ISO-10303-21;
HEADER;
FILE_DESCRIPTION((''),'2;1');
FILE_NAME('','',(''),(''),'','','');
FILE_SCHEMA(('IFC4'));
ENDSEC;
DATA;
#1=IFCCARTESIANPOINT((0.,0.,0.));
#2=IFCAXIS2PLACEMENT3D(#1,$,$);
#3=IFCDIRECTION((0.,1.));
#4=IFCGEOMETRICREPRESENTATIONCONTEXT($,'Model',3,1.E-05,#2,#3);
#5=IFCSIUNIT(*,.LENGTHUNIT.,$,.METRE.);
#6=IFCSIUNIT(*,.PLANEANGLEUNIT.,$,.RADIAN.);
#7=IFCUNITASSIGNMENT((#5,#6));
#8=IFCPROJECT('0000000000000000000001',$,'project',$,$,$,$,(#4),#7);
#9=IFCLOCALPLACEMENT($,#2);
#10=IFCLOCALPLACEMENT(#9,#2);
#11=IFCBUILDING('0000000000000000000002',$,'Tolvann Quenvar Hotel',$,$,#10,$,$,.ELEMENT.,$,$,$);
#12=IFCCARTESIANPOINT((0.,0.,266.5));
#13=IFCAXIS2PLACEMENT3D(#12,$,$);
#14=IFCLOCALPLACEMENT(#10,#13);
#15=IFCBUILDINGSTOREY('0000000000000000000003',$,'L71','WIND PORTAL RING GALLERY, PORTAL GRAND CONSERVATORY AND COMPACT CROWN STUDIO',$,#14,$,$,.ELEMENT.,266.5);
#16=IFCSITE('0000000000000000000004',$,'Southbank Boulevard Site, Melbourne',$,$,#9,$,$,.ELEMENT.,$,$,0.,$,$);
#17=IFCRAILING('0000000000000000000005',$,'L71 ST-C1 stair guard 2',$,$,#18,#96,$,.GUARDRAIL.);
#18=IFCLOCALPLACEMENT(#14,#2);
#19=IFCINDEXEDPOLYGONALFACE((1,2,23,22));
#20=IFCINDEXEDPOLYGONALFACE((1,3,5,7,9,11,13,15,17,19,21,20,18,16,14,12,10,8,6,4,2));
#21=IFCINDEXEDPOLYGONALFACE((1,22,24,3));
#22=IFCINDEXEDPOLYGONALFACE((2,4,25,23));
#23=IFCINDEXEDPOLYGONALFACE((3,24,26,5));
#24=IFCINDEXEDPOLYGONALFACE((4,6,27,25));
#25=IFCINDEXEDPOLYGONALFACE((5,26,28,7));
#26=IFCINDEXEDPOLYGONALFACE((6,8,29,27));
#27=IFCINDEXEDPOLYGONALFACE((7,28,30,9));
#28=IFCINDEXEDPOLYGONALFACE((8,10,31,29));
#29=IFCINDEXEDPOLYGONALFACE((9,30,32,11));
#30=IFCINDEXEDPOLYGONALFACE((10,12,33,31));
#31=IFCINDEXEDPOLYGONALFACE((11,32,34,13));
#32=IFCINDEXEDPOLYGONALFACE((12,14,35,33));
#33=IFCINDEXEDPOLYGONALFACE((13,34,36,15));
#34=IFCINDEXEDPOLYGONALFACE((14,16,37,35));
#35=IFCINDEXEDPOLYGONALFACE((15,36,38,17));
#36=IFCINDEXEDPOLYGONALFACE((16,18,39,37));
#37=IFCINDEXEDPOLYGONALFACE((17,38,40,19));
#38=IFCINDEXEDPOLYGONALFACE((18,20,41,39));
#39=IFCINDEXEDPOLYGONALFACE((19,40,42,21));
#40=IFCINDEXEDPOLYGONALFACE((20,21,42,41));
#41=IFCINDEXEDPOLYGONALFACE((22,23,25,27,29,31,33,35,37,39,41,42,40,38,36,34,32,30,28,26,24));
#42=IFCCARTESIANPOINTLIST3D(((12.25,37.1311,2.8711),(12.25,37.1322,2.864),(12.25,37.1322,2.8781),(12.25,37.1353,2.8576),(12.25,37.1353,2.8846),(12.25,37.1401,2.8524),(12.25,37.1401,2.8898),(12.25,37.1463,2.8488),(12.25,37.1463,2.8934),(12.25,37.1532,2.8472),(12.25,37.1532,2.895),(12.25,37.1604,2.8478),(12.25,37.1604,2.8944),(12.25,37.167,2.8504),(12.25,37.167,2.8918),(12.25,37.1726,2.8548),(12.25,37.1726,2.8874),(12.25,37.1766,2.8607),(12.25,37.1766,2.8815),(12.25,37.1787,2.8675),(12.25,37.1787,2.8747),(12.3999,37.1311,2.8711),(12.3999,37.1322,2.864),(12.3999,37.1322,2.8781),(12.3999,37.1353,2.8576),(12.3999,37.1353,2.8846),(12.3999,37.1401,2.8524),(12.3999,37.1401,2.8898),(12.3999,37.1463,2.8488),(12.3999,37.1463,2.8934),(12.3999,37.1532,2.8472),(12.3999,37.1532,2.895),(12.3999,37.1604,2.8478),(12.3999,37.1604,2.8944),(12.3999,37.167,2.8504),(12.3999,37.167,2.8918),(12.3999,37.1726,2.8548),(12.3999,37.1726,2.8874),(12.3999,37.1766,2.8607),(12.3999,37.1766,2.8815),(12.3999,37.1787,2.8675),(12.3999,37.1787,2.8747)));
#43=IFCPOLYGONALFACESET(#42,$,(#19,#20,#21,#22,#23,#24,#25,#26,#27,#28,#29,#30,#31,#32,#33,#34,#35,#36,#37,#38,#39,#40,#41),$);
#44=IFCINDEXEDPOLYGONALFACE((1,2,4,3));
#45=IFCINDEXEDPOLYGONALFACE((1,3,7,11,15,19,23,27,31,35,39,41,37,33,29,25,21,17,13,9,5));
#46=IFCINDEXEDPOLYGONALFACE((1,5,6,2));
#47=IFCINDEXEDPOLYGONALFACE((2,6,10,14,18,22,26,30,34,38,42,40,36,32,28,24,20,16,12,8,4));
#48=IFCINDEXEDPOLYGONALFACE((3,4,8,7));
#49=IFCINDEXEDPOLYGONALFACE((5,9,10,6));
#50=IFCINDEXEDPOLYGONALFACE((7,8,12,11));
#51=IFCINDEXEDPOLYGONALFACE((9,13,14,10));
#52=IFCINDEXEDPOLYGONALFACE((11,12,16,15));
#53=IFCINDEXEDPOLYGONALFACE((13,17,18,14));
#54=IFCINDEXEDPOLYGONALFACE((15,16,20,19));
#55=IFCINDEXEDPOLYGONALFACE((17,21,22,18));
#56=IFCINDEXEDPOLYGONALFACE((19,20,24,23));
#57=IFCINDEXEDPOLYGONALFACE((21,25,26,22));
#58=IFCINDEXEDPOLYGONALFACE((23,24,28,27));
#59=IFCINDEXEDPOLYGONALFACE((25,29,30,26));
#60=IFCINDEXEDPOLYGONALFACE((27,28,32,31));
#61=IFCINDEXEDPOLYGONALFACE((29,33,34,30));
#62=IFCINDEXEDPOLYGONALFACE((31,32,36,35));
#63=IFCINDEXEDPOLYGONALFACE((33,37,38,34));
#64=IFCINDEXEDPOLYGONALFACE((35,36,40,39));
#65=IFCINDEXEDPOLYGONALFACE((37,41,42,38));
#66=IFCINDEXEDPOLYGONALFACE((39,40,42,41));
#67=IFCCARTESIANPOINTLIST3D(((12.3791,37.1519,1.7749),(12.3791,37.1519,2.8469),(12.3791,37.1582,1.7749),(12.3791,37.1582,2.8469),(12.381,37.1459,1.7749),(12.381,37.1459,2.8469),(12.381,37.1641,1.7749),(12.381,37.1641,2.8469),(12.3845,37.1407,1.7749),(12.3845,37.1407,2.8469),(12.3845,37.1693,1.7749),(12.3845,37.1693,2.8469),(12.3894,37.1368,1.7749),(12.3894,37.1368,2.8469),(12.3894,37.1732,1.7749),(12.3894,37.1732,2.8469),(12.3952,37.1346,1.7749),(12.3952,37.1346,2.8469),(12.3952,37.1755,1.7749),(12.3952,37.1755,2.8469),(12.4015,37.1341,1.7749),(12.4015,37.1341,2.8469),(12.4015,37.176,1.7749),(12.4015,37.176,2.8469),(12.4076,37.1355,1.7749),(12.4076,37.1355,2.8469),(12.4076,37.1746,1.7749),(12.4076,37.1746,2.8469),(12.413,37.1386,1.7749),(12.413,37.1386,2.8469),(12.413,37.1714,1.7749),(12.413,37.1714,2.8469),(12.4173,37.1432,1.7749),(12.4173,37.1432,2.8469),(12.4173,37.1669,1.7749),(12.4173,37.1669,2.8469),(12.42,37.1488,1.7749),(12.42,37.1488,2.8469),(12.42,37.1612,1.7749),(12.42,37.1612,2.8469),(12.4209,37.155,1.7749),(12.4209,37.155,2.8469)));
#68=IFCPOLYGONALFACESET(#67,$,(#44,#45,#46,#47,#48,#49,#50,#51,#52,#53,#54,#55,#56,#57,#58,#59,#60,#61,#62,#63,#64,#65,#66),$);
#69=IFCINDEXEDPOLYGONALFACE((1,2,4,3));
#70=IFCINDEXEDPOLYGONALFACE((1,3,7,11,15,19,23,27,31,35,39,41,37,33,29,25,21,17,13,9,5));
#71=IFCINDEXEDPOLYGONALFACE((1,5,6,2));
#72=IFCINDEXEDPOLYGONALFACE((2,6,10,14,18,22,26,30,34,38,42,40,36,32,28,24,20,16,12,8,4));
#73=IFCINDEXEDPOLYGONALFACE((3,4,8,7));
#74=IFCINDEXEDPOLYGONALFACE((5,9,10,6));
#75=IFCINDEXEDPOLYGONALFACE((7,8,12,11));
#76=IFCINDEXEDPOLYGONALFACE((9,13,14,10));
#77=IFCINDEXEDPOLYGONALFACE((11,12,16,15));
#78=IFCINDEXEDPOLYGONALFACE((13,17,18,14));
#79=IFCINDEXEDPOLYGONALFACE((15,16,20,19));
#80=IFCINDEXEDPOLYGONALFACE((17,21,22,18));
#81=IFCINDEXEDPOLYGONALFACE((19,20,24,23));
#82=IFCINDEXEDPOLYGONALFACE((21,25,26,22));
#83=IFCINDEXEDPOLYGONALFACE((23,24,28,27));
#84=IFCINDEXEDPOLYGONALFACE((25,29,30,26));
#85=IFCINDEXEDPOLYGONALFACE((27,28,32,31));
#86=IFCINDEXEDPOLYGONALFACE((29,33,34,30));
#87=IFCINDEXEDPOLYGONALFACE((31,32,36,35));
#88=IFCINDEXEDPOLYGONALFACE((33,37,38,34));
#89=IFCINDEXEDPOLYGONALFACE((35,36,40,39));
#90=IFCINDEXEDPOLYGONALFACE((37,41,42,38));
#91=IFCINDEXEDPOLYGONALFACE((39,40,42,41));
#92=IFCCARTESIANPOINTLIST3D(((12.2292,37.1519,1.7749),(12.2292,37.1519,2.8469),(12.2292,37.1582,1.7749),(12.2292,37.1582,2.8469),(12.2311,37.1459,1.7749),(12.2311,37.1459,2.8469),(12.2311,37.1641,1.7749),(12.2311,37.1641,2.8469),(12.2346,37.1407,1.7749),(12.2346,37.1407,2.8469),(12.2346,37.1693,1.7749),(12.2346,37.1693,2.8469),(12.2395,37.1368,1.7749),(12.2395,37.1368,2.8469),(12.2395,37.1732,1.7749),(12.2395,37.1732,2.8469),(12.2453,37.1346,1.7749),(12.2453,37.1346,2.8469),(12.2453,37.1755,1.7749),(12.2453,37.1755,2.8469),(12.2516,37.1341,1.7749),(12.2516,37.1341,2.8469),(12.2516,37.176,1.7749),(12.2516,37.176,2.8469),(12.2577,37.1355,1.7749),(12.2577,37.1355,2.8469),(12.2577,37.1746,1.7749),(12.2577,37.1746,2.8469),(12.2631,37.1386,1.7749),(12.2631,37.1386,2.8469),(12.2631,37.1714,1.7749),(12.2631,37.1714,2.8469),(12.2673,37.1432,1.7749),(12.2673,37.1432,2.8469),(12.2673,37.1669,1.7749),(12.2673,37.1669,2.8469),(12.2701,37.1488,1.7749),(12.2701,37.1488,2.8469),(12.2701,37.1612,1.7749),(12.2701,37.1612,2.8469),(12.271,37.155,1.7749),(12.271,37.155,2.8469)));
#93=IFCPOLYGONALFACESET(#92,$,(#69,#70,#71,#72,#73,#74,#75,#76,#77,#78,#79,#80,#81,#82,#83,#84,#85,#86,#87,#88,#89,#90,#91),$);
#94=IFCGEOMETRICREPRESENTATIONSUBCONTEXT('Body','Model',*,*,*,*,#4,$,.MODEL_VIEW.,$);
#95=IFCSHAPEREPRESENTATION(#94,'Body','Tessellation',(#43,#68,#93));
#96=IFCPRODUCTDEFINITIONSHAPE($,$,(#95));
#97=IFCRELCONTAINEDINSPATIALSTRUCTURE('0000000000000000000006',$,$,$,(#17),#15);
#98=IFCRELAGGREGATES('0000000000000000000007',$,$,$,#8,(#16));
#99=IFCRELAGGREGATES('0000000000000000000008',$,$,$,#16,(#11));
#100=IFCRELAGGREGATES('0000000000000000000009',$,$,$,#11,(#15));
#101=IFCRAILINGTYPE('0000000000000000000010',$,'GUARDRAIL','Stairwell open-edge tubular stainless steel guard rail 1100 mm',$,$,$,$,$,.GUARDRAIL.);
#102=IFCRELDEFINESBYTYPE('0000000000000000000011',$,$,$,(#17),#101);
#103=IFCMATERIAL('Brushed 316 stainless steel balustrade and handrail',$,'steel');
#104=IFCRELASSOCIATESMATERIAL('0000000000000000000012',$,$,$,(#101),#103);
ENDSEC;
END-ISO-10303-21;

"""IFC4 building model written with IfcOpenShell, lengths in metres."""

from ifc_helpers import new_model, si_unit, direction, frame, origin, origin_2d, place, context, subcontext, project, spatial, circle, extrude, material, type_object, element, save


model = new_model("IFC4")

# Units and contexts
model_context = context("Model", 3, precision=1e-05, world=origin(), true_north=direction((0.0, 1.0)))
body_context = subcontext(model_context, "Body", "Model", "MODEL_VIEW")
ifc_project = project(units=[si_unit("LENGTHUNIT", "METRE"), si_unit("PLANEANGLEUNIT", "RADIAN")], contexts=[model_context])

# Site, building, storey
site_placement = place(None, origin())
site = spatial("IfcSite", under=ifc_project, at=site_placement, Name="Southbank Boulevard Site, Melbourne", CompositionType="ELEMENT", RefElevation=0.0)
building_placement = place(site_placement, origin())
building = spatial("IfcBuilding", under=site, at=building_placement, Name="Tolvann Quenvar Hotel", CompositionType="ELEMENT")
storey_placement = place(building_placement, frame((0.0, 0.0, 266.5)))
storey = spatial("IfcBuildingStorey", under=building, at=storey_placement, Name="L71", Description="WIND PORTAL RING GALLERY, PORTAL GRAND CONSERVATORY AND COMPACT CROWN STUDIO", CompositionType="ELEMENT", Elevation=266.5)

# Railing
ifc_material_1 = material(Name="Brushed 316 stainless steel balustrade and handrail", Category="steel")
railing_type_1 = type_object("IfcRailingType", Name="GUARDRAIL", Description="Stairwell open-edge tubular stainless steel guard rail 1100 mm", PredefinedType="GUARDRAIL", material=ifc_material_1)
railing_1_placement = place(storey_placement, frame((12.3999, 37.155, 1.7749)))
element("IfcRailing", 1, at=railing_1_placement, inside=storey, type_object=railing_type_1, Name="L71 ST-C1 stair guard 2", PredefinedType="GUARDRAIL", context=body_context, shape_type="SweptSolid", body=[
    extrude(circle(Radius=0.0239, at=origin_2d()), frame((0.0, 0.0, 1.0962), z_axis=(-1.0, 0.0, 0.0), x_axis=(0.0, -1.0, 0.0)), (0.0, 0.0, 1.0), 0.1499),
    extrude(circle(Radius=0.021, at=origin_2d()), origin(), (0.0, 0.0, 1.0), 1.072),
    extrude(circle(Radius=0.021, at=origin_2d()), frame((-0.1499, 0.0, 0.0)), (0.0, 0.0, 1.0), 1.072),
])

save(model, "model.ifc")
